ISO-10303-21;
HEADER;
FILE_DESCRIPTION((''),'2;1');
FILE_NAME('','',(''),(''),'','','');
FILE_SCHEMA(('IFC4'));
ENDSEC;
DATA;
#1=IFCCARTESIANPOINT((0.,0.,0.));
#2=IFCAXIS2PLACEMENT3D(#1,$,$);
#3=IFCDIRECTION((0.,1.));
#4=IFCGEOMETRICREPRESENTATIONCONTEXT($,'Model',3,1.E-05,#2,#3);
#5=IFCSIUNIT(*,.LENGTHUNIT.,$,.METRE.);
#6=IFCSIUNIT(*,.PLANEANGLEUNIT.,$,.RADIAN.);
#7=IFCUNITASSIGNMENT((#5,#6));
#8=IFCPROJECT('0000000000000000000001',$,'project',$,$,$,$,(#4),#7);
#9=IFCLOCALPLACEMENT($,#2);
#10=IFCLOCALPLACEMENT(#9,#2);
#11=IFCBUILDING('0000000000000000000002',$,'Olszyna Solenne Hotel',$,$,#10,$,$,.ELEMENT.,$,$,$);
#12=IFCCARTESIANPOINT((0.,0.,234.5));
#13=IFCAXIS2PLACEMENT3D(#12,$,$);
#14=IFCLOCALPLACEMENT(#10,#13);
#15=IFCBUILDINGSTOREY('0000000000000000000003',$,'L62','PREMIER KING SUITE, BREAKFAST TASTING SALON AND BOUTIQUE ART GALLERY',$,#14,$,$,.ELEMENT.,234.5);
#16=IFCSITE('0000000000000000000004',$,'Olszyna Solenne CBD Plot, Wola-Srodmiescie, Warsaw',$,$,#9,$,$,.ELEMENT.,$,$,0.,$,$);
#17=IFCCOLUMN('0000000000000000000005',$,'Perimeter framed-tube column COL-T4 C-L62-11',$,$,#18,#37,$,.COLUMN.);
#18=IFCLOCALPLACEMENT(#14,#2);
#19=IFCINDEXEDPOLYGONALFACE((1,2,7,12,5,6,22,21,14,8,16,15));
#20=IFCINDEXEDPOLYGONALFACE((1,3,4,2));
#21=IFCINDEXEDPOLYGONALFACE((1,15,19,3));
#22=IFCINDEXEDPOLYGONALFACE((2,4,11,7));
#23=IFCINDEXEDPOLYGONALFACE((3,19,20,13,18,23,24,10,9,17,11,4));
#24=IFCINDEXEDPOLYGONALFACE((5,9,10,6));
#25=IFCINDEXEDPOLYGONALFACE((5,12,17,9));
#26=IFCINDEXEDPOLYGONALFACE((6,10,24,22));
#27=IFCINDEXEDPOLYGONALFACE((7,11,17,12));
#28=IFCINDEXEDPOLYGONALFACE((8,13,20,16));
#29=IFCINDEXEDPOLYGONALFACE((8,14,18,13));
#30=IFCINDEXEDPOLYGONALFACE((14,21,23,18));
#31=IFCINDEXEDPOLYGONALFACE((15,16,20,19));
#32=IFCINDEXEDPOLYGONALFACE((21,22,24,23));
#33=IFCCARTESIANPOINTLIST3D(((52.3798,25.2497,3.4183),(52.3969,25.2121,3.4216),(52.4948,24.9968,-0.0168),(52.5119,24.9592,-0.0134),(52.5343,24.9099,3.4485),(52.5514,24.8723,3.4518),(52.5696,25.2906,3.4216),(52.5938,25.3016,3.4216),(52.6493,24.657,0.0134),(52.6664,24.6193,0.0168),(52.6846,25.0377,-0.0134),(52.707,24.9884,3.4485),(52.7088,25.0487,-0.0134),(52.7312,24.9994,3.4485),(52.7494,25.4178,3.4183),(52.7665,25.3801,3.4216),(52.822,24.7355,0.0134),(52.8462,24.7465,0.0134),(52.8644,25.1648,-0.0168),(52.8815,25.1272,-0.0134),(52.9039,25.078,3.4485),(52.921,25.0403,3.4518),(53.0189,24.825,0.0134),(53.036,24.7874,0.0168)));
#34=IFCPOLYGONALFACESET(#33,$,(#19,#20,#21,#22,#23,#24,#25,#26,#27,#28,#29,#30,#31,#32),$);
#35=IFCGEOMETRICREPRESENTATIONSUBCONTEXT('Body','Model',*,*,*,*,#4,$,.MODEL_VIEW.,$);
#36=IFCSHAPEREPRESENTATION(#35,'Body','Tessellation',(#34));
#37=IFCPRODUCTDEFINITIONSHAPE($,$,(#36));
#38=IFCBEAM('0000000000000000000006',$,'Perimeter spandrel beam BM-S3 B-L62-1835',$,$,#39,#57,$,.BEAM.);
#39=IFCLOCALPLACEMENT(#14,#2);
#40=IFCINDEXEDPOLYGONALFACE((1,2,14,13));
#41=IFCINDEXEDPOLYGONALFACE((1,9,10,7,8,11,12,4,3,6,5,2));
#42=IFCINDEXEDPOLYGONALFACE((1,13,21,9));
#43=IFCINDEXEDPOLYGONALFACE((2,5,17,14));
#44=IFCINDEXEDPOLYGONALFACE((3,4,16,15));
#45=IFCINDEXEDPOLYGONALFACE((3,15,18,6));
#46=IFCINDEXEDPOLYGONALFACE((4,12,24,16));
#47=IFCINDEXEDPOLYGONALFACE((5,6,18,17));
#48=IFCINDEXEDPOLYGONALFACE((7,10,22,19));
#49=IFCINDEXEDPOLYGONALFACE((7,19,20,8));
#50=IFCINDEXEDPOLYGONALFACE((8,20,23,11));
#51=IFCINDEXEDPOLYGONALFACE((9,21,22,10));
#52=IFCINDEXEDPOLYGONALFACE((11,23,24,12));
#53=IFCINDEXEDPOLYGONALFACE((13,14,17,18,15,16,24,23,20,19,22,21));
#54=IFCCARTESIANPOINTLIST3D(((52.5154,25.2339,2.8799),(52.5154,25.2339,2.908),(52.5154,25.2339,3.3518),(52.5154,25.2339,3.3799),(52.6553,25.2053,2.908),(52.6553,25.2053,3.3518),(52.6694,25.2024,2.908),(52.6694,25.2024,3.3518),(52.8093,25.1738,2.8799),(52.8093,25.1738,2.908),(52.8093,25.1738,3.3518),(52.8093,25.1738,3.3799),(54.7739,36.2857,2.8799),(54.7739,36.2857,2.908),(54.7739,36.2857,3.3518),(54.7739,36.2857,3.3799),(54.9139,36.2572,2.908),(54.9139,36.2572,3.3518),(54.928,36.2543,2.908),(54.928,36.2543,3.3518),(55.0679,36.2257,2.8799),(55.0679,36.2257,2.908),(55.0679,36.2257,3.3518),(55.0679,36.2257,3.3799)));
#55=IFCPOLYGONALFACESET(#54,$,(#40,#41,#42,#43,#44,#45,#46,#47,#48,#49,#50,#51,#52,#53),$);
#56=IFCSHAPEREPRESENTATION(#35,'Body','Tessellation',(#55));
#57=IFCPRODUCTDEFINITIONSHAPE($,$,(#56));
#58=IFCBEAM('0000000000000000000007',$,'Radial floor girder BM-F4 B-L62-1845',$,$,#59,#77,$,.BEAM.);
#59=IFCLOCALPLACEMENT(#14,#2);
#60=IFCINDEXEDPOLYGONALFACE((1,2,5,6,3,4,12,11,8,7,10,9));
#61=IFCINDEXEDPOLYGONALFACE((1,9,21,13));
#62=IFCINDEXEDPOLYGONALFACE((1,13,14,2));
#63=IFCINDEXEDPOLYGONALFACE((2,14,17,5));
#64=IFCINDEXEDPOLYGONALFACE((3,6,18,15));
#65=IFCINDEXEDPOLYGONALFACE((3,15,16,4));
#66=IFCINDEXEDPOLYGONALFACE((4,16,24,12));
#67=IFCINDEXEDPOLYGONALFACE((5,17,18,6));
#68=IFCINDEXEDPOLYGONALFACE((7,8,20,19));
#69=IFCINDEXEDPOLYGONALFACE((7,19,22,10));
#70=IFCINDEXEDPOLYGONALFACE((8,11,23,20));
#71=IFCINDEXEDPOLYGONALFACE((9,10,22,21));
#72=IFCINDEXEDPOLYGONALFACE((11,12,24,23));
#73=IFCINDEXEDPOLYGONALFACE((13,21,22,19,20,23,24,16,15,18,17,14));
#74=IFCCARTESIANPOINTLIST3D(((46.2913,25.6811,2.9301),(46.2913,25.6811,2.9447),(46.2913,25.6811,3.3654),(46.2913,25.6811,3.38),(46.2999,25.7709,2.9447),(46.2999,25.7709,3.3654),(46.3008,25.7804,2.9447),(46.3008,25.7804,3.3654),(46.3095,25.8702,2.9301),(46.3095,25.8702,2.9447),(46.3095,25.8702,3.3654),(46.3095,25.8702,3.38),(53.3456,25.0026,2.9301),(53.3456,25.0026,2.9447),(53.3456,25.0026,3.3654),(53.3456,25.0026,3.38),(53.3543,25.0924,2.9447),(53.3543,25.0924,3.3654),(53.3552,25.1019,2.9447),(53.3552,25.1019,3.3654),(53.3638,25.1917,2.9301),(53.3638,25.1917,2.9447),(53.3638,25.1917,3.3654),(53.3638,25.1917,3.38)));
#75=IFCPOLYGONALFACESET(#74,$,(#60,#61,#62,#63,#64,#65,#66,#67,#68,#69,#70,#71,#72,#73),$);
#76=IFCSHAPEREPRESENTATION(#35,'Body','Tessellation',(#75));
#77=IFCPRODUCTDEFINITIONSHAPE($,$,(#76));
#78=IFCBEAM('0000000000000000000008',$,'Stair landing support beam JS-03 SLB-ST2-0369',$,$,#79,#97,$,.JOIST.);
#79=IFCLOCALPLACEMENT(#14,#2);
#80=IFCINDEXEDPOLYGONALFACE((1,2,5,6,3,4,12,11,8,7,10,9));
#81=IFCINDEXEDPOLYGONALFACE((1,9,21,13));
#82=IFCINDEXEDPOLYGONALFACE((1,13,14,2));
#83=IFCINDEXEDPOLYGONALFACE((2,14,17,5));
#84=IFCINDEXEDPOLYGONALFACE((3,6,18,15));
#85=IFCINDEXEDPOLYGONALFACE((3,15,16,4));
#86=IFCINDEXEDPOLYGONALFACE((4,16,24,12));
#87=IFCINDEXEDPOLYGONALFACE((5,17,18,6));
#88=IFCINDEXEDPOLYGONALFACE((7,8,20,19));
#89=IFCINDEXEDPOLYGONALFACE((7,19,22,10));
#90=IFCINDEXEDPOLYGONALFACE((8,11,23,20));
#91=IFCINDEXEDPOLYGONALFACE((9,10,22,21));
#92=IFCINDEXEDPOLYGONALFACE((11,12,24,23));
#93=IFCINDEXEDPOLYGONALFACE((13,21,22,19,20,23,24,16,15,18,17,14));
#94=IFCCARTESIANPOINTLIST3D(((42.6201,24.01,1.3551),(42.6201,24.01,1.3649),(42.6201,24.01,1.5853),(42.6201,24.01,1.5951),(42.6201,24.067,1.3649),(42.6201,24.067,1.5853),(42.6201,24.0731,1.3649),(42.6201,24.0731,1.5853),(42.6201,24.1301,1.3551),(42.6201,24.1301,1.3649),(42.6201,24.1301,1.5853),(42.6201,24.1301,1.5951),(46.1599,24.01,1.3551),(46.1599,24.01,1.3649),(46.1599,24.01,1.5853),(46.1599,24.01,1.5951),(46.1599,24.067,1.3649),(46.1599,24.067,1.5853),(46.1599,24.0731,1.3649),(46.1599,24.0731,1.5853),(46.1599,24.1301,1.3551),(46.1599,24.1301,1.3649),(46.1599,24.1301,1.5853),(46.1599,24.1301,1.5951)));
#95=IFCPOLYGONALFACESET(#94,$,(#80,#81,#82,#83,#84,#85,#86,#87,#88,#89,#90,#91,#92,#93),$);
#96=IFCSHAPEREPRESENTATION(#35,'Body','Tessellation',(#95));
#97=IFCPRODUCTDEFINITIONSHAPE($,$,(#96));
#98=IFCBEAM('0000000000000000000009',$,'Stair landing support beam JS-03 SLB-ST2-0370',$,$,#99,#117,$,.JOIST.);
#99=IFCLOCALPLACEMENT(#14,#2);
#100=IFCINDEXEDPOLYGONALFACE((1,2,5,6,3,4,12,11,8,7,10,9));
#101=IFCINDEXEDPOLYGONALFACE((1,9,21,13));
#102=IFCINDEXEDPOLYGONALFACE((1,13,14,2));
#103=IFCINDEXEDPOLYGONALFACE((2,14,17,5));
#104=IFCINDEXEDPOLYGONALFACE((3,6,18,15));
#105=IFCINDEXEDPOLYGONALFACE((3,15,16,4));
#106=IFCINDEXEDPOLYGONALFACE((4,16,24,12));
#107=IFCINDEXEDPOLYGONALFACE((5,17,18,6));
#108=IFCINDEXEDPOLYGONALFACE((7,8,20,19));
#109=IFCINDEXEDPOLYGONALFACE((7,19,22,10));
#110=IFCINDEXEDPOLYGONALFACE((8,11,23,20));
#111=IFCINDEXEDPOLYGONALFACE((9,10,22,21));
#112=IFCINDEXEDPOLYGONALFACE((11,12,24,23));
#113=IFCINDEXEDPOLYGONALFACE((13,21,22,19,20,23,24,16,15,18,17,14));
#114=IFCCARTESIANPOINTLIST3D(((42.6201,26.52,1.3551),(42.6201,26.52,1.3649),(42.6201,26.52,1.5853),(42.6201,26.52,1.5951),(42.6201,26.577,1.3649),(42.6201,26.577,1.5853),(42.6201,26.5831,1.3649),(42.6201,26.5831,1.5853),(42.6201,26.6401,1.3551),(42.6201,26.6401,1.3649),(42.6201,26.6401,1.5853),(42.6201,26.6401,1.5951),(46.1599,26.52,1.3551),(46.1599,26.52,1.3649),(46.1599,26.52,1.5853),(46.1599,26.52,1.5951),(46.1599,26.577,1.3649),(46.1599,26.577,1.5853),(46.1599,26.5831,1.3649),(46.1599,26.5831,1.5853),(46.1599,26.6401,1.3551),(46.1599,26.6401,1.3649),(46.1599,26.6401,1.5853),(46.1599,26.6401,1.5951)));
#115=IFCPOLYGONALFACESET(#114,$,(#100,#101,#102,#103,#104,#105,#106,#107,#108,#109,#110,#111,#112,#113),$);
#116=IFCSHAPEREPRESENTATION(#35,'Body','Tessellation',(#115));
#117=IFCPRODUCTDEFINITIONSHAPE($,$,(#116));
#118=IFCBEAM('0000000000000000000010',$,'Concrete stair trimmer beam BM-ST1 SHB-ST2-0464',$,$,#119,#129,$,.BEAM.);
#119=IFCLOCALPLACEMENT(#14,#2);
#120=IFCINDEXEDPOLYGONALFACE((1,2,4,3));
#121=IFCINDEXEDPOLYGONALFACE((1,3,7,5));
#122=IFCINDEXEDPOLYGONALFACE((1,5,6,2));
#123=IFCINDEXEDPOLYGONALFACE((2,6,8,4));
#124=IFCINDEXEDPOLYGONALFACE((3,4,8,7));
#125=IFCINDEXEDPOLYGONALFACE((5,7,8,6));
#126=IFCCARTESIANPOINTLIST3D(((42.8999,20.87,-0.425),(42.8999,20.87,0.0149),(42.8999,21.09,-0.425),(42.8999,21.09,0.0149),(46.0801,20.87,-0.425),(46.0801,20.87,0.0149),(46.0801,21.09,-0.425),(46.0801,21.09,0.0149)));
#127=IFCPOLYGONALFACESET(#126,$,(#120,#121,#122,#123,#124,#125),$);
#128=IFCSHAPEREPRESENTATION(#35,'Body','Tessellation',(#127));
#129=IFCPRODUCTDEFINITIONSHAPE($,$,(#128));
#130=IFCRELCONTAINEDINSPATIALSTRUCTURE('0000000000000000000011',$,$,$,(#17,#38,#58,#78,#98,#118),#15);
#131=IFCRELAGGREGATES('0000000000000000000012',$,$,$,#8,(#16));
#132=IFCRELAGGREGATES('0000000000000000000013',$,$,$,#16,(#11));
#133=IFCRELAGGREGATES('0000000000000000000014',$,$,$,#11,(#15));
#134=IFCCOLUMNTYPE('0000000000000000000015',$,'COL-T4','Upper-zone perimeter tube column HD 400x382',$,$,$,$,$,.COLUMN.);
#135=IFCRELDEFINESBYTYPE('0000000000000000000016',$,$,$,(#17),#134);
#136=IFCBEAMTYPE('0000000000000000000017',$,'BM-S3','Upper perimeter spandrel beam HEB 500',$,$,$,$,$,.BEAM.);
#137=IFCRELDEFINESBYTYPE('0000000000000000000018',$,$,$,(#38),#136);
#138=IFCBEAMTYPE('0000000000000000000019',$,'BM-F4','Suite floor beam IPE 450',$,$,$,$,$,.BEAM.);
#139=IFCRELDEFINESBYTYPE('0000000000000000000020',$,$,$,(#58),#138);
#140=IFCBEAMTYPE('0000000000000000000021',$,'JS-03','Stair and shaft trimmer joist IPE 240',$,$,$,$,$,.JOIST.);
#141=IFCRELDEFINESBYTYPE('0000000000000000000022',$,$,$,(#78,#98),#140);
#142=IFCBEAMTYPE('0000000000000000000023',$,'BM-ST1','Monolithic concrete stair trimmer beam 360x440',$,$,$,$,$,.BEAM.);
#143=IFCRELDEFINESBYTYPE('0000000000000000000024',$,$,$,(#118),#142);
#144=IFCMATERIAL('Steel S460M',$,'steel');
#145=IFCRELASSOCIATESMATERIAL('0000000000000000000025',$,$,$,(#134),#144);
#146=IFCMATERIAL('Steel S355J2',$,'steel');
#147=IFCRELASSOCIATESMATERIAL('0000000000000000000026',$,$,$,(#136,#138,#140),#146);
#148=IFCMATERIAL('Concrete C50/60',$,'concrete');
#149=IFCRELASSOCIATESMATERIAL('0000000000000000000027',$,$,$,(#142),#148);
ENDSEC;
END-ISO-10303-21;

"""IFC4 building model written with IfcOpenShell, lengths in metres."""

from ifc_helpers import new_model, si_unit, direction, frame, origin, origin_2d, place, context, subcontext, project, spatial, rectangle, i_section, extrude, source, transform, mapped, material, material_profile, profile_set, type_object, element, save


model = new_model("IFC4")

# Units and contexts
model_context = context("Model", 3, precision=1e-05, world=origin(), true_north=direction((0.0, 1.0)))
body_context = subcontext(model_context, "Body", "Model", "MODEL_VIEW")
ifc_project = project(units=[si_unit("LENGTHUNIT", "METRE"), si_unit("PLANEANGLEUNIT", "RADIAN")], contexts=[model_context])

# Site, building, storey
site_placement = place(None, origin())
site = spatial("IfcSite", under=ifc_project, at=site_placement, Name="Olszyna Solenne CBD Plot, Wola-Srodmiescie, Warsaw", CompositionType="ELEMENT", RefElevation=0.0)
building_placement = place(site_placement, origin())
building = spatial("IfcBuilding", under=site, at=building_placement, Name="Olszyna Solenne Hotel", CompositionType="ELEMENT")
storey_placement = place(building_placement, frame((0.0, 0.0, 234.5)))
storey = spatial("IfcBuildingStorey", under=building, at=storey_placement, Name="L62", Description="PREMIER KING SUITE, BREAKFAST TASTING SALON AND BOUTIQUE ART GALLERY", CompositionType="ELEMENT", Elevation=234.5)

# Column
ifc_material_1 = material(Name="Steel S460M", Category="steel")
ifc_material_profile_1 = material_profile(ifc_material_1, i_section(OverallWidth=0.406, OverallDepth=0.416, WebThickness=0.0266, FlangeThickness=0.0415, at=origin_2d()), Name="HD 400x382", Category="load-bearing")
ifc_profile_set_1 = profile_set([ifc_material_profile_1], Name="Steel S460M")
column_type = type_object("IfcColumnType", Name="COL-T4", Description="Upper-zone perimeter tube column HD 400x382", PredefinedType="COLUMN", material=ifc_profile_set_1)
shared_shape_1 = source(origin(), body_context, "Body", "SweptSolid", [
    extrude(i_section(OverallWidth=0.406, OverallDepth=0.416, WebThickness=0.0266, FlangeThickness=0.0415, at=origin_2d()), origin(), (0.0, 0.0, 1.0), 3.4463),
])
column_placement = place(storey_placement, frame((52.7654, 24.8921, 0.0), z_axis=(-0.033367, 0.073392, 0.996745), x_axis=(-0.910336, -0.413869, 0.0)))
element("IfcColumn", 1, at=column_placement, inside=storey, type_object=column_type, Name="Perimeter framed-tube column COL-T4 C-L62-11", PredefinedType="COLUMN", context=body_context, shape_type="MappedRepresentation", body=[
    mapped(shared_shape_1, transform((0.0, 0.0, 0.0), x_axis=(1.0, 0.0, 0.0), y_axis=(0.0, 1.0, 0.0), z_axis=(0.0, 0.0, 1.0), scale=1.0)),
])

# Beams
ifc_material_2 = material(Name="Steel S355J2", Category="steel")
ifc_material_profile_2 = material_profile(ifc_material_2, i_section(OverallWidth=0.3, OverallDepth=0.5, WebThickness=0.0144, FlangeThickness=0.0281, at=origin_2d()), Name="HEB 500", Category="load-bearing")
ifc_profile_set_2 = profile_set([ifc_material_profile_2], Name="Steel S355J2")
beam_type_1 = type_object("IfcBeamType", Name="BM-S3", Description="Upper perimeter spandrel beam HEB 500", PredefinedType="BEAM", material=ifc_profile_set_2)
shared_shape_2 = source(origin(), body_context, "Body", "SweptSolid", [
    extrude(i_section(OverallWidth=0.3, OverallDepth=0.5, WebThickness=0.0144, FlangeThickness=0.0281, at=origin_2d()), origin(), (0.0, 0.0, 1.0), 11.2803),
])
beam_1_placement = place(storey_placement, frame((52.6624, 25.2039, 3.1299), z_axis=(0.200222, 0.97975, 0.0), x_axis=(-0.97975, 0.200222, 0.0)))
element("IfcBeam", 2, at=beam_1_placement, inside=storey, type_object=beam_type_1, Name="Perimeter spandrel beam BM-S3 B-L62-1835", PredefinedType="BEAM", context=body_context, shape_type="MappedRepresentation", body=[
    mapped(shared_shape_2, transform((0.0, 0.0, 0.0), x_axis=(1.0, 0.0, 0.0), y_axis=(0.0, 1.0, 0.0), z_axis=(0.0, 0.0, 1.0), scale=1.0)),
])
ifc_material_profile_3 = material_profile(ifc_material_2, i_section(OverallWidth=0.1899, OverallDepth=0.45, WebThickness=0.0095, FlangeThickness=0.0146, at=origin_2d()), Name="IPE 450", Category="load-bearing")
ifc_profile_set_3 = profile_set([ifc_material_profile_3], Name="Steel S355J2")
beam_type_2 = type_object("IfcBeamType", Name="BM-F4", Description="Suite floor beam IPE 450", PredefinedType="BEAM", material=ifc_profile_set_3)
shared_shape_3 = source(origin(), body_context, "Body", "SweptSolid", [
    extrude(i_section(OverallWidth=0.1899, OverallDepth=0.45, WebThickness=0.0095, FlangeThickness=0.0146, at=origin_2d()), origin(), (0.0, 0.0, 1.0), 7.0869),
])
beam_2_placement = place(storey_placement, frame((53.3547, 25.0972, 3.155), z_axis=(-0.995407, 0.095734, 0.0), x_axis=(-0.095734, -0.995407, 0.0)))
element("IfcBeam", 3, at=beam_2_placement, inside=storey, type_object=beam_type_2, Name="Radial floor girder BM-F4 B-L62-1845", PredefinedType="BEAM", context=body_context, shape_type="MappedRepresentation", body=[
    mapped(shared_shape_3, transform((0.0, 0.0, 0.0), x_axis=(1.0, 0.0, 0.0), y_axis=(0.0, 1.0, 0.0), z_axis=(0.0, 0.0, 1.0), scale=1.0)),
])
ifc_material_profile_4 = material_profile(ifc_material_2, i_section(OverallWidth=0.1201, OverallDepth=0.24, WebThickness=0.0061, FlangeThickness=0.0098, at=origin_2d()), Name="IPE 240", Category="load-bearing")
ifc_profile_set_4 = profile_set([ifc_material_profile_4], Name="Steel S355J2")
beam_type_3 = type_object("IfcBeamType", Name="JS-03", Description="Stair and shaft trimmer joist IPE 240", PredefinedType="JOIST", material=ifc_profile_set_4)
shared_shape_4 = source(origin(), body_context, "Body", "SweptSolid", [
    extrude(i_section(OverallWidth=0.1201, OverallDepth=0.24, WebThickness=0.0061, FlangeThickness=0.0098, at=origin_2d()), origin(), (0.0, 0.0, 1.0), 3.5398),
])
for number, where, z_axis, x_axis, name in (
    (4, (46.1599, 24.0701, 1.4751), (-1.0, 0.0, 0.0), (0.0, -1.0, 0.0), "Stair landing support beam JS-03 SLB-ST2-0369"),
    (5, (46.1599, 26.5801, 1.4751), (-1.0, 0.0, 0.0), (0.0, -1.0, 0.0), "Stair landing support beam JS-03 SLB-ST2-0370"),
):
    element("IfcBeam", number, at=place(storey_placement, frame(where, z_axis=z_axis, x_axis=x_axis)), inside=storey, type_object=beam_type_3, Name=name, PredefinedType="JOIST", context=body_context, shape_type="MappedRepresentation", body=[
        mapped(shared_shape_4, transform((0.0, 0.0, 0.0), x_axis=(1.0, 0.0, 0.0), y_axis=(0.0, 1.0, 0.0), z_axis=(0.0, 0.0, 1.0), scale=1.0)),
    ])
ifc_material_3 = material(Name="Concrete C50/60", Category="concrete")
ifc_material_profile_5 = material_profile(ifc_material_3, rectangle(XDim=0.22, YDim=0.4399, at=origin_2d()), Name="RC 220x440", Category="load-bearing")
ifc_profile_set_5 = profile_set([ifc_material_profile_5], Name="Concrete C50/60")
beam_type_4 = type_object("IfcBeamType", Name="BM-ST1", Description="Monolithic concrete stair trimmer beam 360x440", PredefinedType="BEAM", material=ifc_profile_set_5)
shared_shape_5 = source(origin(), body_context, "Body", "SweptSolid", [
    extrude(rectangle(XDim=0.22, YDim=0.4399, at=origin_2d()), origin(), (0.0, 0.0, 1.0), 3.1802),
])
beam_3_placement = place(storey_placement, frame((46.0801, 20.98, -0.2051), z_axis=(-1.0, 0.0, 0.0), x_axis=(0.0, -1.0, 0.0)))
element("IfcBeam", 6, at=beam_3_placement, inside=storey, type_object=beam_type_4, Name="Concrete stair trimmer beam BM-ST1 SHB-ST2-0464", PredefinedType="BEAM", context=body_context, shape_type="MappedRepresentation", body=[
    mapped(shared_shape_5, transform((0.0, 0.0, 0.0), x_axis=(1.0, 0.0, 0.0), y_axis=(0.0, 1.0, 0.0), z_axis=(0.0, 0.0, 1.0), scale=1.0)),
])

save(model, "model.ifc")
